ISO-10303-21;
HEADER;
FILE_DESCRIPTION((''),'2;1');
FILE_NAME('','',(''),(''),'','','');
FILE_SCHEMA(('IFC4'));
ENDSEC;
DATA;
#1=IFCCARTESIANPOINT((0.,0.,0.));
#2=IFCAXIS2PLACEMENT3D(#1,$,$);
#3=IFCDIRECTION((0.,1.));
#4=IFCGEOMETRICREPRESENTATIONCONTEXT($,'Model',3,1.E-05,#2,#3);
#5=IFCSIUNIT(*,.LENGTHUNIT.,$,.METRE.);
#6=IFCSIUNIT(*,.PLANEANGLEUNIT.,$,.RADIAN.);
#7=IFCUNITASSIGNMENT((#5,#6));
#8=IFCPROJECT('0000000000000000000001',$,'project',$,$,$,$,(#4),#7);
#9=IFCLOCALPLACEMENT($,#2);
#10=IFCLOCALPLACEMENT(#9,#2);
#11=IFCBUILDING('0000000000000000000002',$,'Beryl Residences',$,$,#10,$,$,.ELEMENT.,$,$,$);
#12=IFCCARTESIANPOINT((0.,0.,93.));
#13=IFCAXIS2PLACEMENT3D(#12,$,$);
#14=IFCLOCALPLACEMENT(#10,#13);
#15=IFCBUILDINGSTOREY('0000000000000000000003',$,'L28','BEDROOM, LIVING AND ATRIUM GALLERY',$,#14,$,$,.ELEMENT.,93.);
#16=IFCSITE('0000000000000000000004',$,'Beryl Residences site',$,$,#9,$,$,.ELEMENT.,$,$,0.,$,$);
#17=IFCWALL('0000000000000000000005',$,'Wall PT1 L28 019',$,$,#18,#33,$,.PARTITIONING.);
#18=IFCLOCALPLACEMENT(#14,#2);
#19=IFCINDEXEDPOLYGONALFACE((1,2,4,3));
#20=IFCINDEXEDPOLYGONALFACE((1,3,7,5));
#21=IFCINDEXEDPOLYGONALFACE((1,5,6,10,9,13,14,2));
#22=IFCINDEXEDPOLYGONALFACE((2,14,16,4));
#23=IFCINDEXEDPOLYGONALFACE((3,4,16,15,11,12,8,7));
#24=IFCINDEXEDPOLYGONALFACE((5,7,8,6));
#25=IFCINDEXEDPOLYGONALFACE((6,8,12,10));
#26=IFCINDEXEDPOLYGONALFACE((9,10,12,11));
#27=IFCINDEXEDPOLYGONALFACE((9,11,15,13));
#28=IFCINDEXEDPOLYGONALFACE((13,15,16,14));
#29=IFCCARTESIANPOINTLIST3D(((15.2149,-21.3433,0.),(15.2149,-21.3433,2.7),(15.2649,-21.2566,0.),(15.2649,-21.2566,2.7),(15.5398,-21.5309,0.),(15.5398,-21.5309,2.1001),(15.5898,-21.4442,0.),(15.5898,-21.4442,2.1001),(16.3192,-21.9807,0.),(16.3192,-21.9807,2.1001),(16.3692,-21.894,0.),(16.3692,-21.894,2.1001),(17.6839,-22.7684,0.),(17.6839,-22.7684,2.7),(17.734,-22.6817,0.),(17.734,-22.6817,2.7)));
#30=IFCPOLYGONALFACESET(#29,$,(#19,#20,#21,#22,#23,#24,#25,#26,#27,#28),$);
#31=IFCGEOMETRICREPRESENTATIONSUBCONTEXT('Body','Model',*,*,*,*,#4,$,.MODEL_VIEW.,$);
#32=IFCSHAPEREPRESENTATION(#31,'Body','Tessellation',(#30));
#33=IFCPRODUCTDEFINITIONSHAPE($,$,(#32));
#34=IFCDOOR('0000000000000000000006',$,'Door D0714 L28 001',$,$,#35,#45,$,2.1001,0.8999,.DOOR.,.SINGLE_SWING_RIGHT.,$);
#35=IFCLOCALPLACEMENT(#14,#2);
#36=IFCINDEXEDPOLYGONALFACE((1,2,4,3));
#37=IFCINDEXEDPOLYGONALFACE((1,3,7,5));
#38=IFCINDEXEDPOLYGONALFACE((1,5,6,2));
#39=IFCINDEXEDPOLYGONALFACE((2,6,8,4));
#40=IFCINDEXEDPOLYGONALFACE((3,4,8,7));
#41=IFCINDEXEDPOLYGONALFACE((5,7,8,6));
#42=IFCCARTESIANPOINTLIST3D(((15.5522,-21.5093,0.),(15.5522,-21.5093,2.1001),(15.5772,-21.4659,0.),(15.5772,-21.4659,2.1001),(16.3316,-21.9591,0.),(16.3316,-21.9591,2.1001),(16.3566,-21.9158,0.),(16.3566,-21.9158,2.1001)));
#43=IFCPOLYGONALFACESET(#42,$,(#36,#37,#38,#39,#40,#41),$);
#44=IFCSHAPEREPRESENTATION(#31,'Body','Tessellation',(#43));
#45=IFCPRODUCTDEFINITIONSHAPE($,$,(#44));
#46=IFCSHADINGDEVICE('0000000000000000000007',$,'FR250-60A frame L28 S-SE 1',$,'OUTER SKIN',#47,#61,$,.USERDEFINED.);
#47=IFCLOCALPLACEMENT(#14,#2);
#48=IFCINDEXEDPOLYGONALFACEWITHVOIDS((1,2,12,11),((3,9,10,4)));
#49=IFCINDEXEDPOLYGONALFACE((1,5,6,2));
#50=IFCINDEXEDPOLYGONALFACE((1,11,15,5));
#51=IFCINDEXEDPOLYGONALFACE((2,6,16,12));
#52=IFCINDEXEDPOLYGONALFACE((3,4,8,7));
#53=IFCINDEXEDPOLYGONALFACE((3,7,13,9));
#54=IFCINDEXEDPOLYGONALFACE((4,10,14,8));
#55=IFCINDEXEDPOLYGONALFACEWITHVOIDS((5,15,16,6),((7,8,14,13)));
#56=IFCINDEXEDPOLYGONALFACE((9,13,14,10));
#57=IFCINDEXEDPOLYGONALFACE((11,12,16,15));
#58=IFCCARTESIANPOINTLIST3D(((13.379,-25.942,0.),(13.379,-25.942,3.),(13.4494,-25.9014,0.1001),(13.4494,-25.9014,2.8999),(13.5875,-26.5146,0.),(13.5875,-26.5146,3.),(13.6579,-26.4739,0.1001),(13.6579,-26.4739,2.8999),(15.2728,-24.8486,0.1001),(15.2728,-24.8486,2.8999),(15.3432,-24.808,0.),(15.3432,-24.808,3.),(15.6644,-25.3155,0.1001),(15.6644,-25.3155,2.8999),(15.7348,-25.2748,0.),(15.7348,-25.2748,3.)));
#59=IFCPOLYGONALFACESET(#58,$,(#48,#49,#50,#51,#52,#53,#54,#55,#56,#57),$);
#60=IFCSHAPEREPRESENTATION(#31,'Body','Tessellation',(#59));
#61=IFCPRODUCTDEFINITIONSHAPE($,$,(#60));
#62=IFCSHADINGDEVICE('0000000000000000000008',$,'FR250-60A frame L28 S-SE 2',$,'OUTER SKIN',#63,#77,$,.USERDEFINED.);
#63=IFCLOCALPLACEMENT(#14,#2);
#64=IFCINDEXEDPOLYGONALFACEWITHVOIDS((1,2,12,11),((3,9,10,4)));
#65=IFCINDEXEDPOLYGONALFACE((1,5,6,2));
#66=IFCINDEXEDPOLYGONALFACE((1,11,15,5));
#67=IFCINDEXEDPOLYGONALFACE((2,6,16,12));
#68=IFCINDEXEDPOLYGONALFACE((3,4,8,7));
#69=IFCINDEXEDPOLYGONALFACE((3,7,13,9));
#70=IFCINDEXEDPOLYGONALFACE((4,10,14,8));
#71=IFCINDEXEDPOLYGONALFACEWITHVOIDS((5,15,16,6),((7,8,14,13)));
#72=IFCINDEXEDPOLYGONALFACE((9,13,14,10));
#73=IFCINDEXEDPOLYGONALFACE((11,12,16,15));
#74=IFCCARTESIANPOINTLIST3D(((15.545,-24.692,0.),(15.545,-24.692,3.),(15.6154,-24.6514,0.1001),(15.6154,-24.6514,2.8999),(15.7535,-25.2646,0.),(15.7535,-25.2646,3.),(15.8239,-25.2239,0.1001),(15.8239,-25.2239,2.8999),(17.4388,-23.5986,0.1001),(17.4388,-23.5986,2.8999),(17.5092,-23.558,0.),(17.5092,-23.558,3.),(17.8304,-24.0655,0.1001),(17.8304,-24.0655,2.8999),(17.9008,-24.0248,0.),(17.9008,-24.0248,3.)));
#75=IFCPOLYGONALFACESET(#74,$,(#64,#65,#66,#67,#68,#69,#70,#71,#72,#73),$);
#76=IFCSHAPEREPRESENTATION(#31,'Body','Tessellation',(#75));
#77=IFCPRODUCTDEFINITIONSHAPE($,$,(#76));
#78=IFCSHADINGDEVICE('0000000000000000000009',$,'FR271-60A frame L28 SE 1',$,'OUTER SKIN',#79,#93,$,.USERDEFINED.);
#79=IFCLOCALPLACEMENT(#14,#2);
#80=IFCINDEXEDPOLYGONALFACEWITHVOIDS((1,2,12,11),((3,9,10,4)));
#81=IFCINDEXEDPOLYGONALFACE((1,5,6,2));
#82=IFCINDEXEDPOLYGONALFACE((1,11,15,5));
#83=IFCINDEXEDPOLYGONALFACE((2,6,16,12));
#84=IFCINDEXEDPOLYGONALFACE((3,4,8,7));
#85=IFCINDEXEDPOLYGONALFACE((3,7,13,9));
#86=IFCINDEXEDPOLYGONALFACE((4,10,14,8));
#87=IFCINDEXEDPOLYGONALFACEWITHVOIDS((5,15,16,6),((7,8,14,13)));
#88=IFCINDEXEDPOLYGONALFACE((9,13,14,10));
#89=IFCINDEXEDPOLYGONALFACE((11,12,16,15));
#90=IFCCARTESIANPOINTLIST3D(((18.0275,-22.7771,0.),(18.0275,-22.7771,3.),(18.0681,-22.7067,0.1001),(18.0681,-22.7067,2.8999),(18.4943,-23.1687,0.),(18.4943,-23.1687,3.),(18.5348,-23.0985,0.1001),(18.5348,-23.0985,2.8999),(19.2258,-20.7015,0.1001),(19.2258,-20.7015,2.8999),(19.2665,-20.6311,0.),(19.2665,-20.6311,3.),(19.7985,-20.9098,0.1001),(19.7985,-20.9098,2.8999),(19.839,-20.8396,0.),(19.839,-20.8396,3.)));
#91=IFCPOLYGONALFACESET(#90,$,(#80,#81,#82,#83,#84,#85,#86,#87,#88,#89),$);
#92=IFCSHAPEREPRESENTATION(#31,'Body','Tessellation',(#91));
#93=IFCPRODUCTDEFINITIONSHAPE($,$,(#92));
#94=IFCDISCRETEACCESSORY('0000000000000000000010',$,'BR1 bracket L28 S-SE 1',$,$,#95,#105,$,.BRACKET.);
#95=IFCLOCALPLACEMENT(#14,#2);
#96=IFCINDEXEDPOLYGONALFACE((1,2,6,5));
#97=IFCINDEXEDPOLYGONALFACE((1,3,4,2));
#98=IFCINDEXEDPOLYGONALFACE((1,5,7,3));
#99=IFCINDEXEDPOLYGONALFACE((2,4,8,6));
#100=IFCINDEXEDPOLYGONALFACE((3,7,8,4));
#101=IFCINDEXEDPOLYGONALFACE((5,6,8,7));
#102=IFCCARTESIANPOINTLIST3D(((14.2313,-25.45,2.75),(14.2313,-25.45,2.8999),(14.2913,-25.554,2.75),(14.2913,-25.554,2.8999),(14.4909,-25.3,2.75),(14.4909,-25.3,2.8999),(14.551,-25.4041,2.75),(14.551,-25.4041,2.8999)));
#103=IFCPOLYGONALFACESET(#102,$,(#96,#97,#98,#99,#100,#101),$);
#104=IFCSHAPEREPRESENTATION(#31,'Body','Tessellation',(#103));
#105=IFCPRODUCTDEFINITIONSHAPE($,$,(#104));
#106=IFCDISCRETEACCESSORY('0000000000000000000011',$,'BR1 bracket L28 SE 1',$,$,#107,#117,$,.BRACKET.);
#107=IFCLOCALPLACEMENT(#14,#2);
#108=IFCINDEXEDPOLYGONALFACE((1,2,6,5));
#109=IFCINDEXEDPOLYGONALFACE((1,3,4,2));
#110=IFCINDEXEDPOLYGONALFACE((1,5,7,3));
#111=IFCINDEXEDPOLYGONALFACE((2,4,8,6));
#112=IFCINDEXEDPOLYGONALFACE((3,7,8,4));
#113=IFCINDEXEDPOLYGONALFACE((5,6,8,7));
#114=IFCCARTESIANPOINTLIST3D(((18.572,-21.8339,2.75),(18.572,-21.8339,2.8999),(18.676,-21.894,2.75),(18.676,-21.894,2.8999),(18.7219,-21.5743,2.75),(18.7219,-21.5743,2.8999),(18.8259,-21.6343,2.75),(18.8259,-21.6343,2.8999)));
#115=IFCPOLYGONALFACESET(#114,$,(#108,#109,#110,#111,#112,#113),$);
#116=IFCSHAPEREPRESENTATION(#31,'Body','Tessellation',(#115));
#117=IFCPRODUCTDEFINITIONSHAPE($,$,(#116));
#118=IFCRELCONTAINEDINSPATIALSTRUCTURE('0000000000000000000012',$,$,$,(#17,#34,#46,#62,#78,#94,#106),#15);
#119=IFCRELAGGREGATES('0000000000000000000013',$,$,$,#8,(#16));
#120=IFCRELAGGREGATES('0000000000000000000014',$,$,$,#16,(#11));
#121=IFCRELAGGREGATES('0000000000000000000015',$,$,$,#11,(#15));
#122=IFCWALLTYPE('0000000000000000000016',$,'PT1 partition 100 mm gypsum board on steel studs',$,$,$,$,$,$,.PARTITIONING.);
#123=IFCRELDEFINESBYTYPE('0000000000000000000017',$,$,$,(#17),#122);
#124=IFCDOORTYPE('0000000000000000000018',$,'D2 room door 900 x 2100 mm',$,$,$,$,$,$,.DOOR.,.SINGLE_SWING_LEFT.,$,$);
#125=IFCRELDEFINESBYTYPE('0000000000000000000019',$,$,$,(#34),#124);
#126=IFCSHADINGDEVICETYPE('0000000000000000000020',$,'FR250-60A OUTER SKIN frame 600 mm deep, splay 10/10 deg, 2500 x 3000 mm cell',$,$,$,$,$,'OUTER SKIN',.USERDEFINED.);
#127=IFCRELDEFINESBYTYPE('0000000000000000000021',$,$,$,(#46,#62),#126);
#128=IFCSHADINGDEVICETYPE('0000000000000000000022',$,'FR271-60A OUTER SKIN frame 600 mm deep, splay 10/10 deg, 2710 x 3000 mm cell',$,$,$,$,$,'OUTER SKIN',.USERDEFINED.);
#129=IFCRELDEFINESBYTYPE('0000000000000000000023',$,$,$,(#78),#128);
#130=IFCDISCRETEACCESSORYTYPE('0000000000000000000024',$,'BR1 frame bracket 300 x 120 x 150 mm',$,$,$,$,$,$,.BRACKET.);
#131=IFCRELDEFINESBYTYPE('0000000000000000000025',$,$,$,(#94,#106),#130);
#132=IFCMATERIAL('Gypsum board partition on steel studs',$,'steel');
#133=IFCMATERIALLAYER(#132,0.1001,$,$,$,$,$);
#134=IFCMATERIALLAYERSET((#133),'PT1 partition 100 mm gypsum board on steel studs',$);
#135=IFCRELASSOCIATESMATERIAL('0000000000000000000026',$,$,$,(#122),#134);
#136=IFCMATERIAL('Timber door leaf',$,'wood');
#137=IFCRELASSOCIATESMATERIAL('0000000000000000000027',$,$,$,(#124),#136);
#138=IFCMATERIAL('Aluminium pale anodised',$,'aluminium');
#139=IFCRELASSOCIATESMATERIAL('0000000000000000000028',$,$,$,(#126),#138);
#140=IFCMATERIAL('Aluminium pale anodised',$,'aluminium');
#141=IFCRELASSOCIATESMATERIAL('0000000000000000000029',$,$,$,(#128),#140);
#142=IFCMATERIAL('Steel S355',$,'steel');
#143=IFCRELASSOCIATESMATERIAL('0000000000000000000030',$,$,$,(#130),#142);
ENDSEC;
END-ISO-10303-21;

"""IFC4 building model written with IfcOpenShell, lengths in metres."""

from ifc_helpers import new_model, entity, si_unit, direction, frame, frame_2d, origin, place, context, subcontext, project, spatial, polyline, rectangle, outline, extrude, source, transform, mapped, material, layer, layer_set, type_object, type_shapes, element, fill, save


model = new_model("IFC4")

# Units and contexts
model_context = context("Model", 3, precision=1e-05, world=origin(), true_north=direction((0.0, 1.0)))
body_context = subcontext(model_context, "Body", "Model", "MODEL_VIEW")
ifc_project = project(units=[si_unit("LENGTHUNIT", "METRE"), si_unit("PLANEANGLEUNIT", "RADIAN")], contexts=[model_context])

# Site, building, storey
site_placement = place(None, origin())
site = spatial("IfcSite", under=ifc_project, at=site_placement, Name="Beryl Residences site", CompositionType="ELEMENT", RefElevation=0.0)
building_placement = place(site_placement, origin())
building = spatial("IfcBuilding", under=site, at=building_placement, Name="Beryl Residences", CompositionType="ELEMENT")
storey_placement = place(building_placement, frame((0.0, 0.0, 93.0)))
storey = spatial("IfcBuildingStorey", under=building, at=storey_placement, Name="L28", Description="BEDROOM, LIVING AND ATRIUM GALLERY", CompositionType="ELEMENT", Elevation=93.0)

# Wall, opening, door
ifc_material_1 = material(Name="Gypsum board partition on steel studs", Category="steel")
ifc_layer_1 = layer(ifc_material_1, 0.1001)
ifc_layer_set_1 = layer_set([ifc_layer_1], Name="PT1 partition 100 mm gypsum board on steel studs")
wall_type_1 = type_object("IfcWallType", Name="PT1 partition 100 mm gypsum board on steel studs", PredefinedType="PARTITIONING", material=ifc_layer_set_1)
wall_1_placement = place(storey_placement, frame((15.24, -21.3, 0.0), z_axis=(0.0, 0.0, 1.0), x_axis=(0.86609, -0.499888, 0.0)))
wall_1 = element("IfcWall", 1, at=wall_1_placement, inside=storey, type_object=wall_type_1, Name="Wall PT1 L28 019", PredefinedType="PARTITIONING", context=body_context, shape_type="SweptSolid", body=[
    extrude(rectangle(XDim=2.8508, YDim=0.1001, at=frame_2d((1.4253, 0.0))), origin(), (0.0, 0.0, 1.0), 2.7),
])
opening_1_placement = place(wall_1_placement, frame((0.375, 0.0, 0.0)))
opening_1 = element("IfcOpeningElement", 2, at=opening_1_placement, cuts=wall_1, PredefinedType="OPENING", context=body_context, shape_type="SweptSolid", body=[
    extrude(rectangle(XDim=0.8999, YDim=2.1001, at=frame_2d((0.45, 1.05))), frame((0.0, 0.0601, 0.0), z_axis=(0.0, -1.0, 0.0), x_axis=(1.0, 0.0, 0.0)), (0.0, 0.0, 1.0), 0.1201),
])
ifc_material_2 = material(Name="Timber door leaf", Category="wood")
door_type = type_object("IfcDoorType", Name="D2 room door 900 x 2100 mm", OperationType="SINGLE_SWING_LEFT", PredefinedType="DOOR", material=ifc_material_2)
door_placement = place(opening_1_placement, origin())
door = element("IfcDoor", 3, at=door_placement, inside=storey, type_object=door_type, Name="Door D0714 L28 001", OperationType="SINGLE_SWING_RIGHT", OverallHeight=2.1001, OverallWidth=0.8999, PredefinedType="DOOR", context=body_context, shape_type="SweptSolid", body=[
    extrude(rectangle(XDim=0.8999, YDim=2.1001, at=frame_2d((0.45, 1.05))), frame((0.0, 0.0249, 0.0), z_axis=(0.0, -1.0, 0.0), x_axis=(1.0, 0.0, 0.0)), (0.0, 0.0, 1.0), 0.05),
])
fill(opening_1, door)

# Shading devices
ifc_material_3 = material(Name="Aluminium pale anodised", Category="aluminium")
shading_device_type_1 = type_object("IfcShadingDeviceType", Name="FR250-60A OUTER SKIN frame 600 mm deep, splay 10/10 deg, 2500 x 3000 mm cell", ElementType="OUTER SKIN", PredefinedType="USERDEFINED", material=ifc_material_3)
cartesian_point_1 = entity("IfcCartesianPoint", [-1.134, 0.0])
cartesian_point_2 = entity("IfcCartesianPoint", [-1.0527, 0.1001])
cartesian_point_3 = entity("IfcCartesianPoint", [-1.2397, 0.0])
cartesian_point_4 = entity("IfcCartesianPoint", [-1.1584, 0.1001])
shared_shape_1 = source(origin(), body_context, "Body", "SweptSolid", [
    entity("IfcExtrudedAreaSolidTapered", entity("IfcArbitraryProfileDefWithVoids", "AREA", None, entity("IfcPolyline", [cartesian_point_1, entity("IfcCartesianPoint", [1.134, 0.0]), entity("IfcCartesianPoint", [1.134, 3.0]), entity("IfcCartesianPoint", [-1.134, 3.0]), cartesian_point_1]), [entity("IfcPolyline", [cartesian_point_2, entity("IfcCartesianPoint", [1.0527, 0.1001]), entity("IfcCartesianPoint", [1.0527, 2.8999]), entity("IfcCartesianPoint", [-1.0527, 2.8999]), cartesian_point_2])]), entity("IfcAxis2Placement3D", entity("IfcCartesianPoint", [0.0, 0.0, 0.0]), entity("IfcDirection", [0.0, 1.0, 0.0]), entity("IfcDirection", [-1.0, 0.0, 0.0])), entity("IfcDirection", [0.0, 0.0, 1.0]), 0.6001, entity("IfcArbitraryProfileDefWithVoids", "AREA", None, entity("IfcPolyline", [cartesian_point_3, entity("IfcCartesianPoint", [1.2397, 0.0]), entity("IfcCartesianPoint", [1.2397, 3.0]), entity("IfcCartesianPoint", [-1.2397, 3.0]), cartesian_point_3]), [entity("IfcPolyline", [cartesian_point_4, entity("IfcCartesianPoint", [1.1584, 0.1001]), entity("IfcCartesianPoint", [1.1584, 2.8999]), entity("IfcCartesianPoint", [-1.1584, 2.8999]), cartesian_point_4])])),
])
type_shapes(shading_device_type_1, [shared_shape_1])
for number, where, z_axis, x_axis, name in (
    (4, (14.3611, -25.375, 0.0), (0.0, 0.0, 1.0), (-0.866025, -0.5, 0.0), "FR250-60A frame L28 S-SE 1"),
    (5, (16.5271, -24.125, 0.0), (0.0, 0.0, 1.0), (-0.866025, -0.5, 0.0), "FR250-60A frame L28 S-SE 2"),
):
    element("IfcShadingDevice", number, at=place(storey_placement, frame(where, z_axis=z_axis, x_axis=x_axis)), inside=storey, type_object=shading_device_type_1, Name=name, ObjectType="OUTER SKIN", PredefinedType="USERDEFINED", context=body_context, shape_type="MappedRepresentation", body=[
        mapped(shared_shape_1, transform((0.0, 0.0, 0.0))),
    ])
ifc_material_4 = material(Name="Aluminium pale anodised", Category="aluminium")
shading_device_type_2 = type_object("IfcShadingDeviceType", Name="FR271-60A OUTER SKIN frame 600 mm deep, splay 10/10 deg, 2710 x 3000 mm cell", ElementType="OUTER SKIN", PredefinedType="USERDEFINED", material=ifc_material_4)
cartesian_point_5 = entity("IfcCartesianPoint", [-1.239, 0.0])
cartesian_point_6 = entity("IfcCartesianPoint", [-1.1577, 0.1001])
cartesian_point_7 = entity("IfcCartesianPoint", [-1.3447, 0.0])
cartesian_point_8 = entity("IfcCartesianPoint", [-1.2637, 0.1001])
shared_shape_2 = source(origin(), body_context, "Body", "SweptSolid", [
    entity("IfcExtrudedAreaSolidTapered", entity("IfcArbitraryProfileDefWithVoids", "AREA", None, entity("IfcPolyline", [cartesian_point_5, entity("IfcCartesianPoint", [1.239, 0.0]), entity("IfcCartesianPoint", [1.239, 3.0]), entity("IfcCartesianPoint", [-1.239, 3.0]), cartesian_point_5]), [entity("IfcPolyline", [cartesian_point_6, entity("IfcCartesianPoint", [1.1577, 0.1001]), entity("IfcCartesianPoint", [1.1577, 2.8999]), entity("IfcCartesianPoint", [-1.1577, 2.8999]), cartesian_point_6])]), entity("IfcAxis2Placement3D", entity("IfcCartesianPoint", [0.0, 0.0, 0.0]), entity("IfcDirection", [0.0, 1.0, 0.0]), entity("IfcDirection", [-1.0, 0.0, 0.0])), entity("IfcDirection", [0.0, 0.0, 1.0]), 0.6001, entity("IfcArbitraryProfileDefWithVoids", "AREA", None, entity("IfcPolyline", [cartesian_point_7, entity("IfcCartesianPoint", [1.3447, 0.0]), entity("IfcCartesianPoint", [1.3447, 3.0]), entity("IfcCartesianPoint", [-1.3447, 3.0]), cartesian_point_7]), [entity("IfcPolyline", [cartesian_point_8, entity("IfcCartesianPoint", [1.2637, 0.1001]), entity("IfcCartesianPoint", [1.2637, 2.8999]), entity("IfcCartesianPoint", [-1.2637, 2.8999]), cartesian_point_8])])),
])
type_shapes(shading_device_type_2, [shared_shape_2])
shading_device_placement = place(storey_placement, frame((18.647, -21.7041, 0.0), z_axis=(0.0, 0.0, 1.0), x_axis=(-0.5, -0.866025, 0.0)))
element("IfcShadingDevice", 6, at=shading_device_placement, inside=storey, type_object=shading_device_type_2, Name="FR271-60A frame L28 SE 1", ObjectType="OUTER SKIN", PredefinedType="USERDEFINED", context=body_context, shape_type="MappedRepresentation", body=[
    mapped(shared_shape_2, transform((0.0, 0.0, 0.0))),
])

# Discrete accessories
ifc_material_5 = material(Name="Steel S355", Category="steel")
discrete_accessory_type = type_object("IfcDiscreteAccessoryType", Name="BR1 frame bracket 300 x 120 x 150 mm", PredefinedType="BRACKET", material=ifc_material_5)
shared_shape_3 = source(origin(), body_context, "Body", "SweptSolid", [
    extrude(outline(polyline([(-0.1499, 0.0), (0.1499, 0.0), (0.1499, 0.1201), (-0.1499, 0.1201), (-0.1499, 0.0)])), origin(), (0.0, 0.0, 1.0), 0.1499),
])
type_shapes(discrete_accessory_type, [shared_shape_3])
for number, where, z_axis, x_axis, name in (
    (7, (14.3611, -25.375, 2.75), (0.0, 0.0, 1.0), (-0.866025, -0.5, 0.0), "BR1 bracket L28 S-SE 1"),
    (8, (18.647, -21.7041, 2.75), (0.0, 0.0, 1.0), (-0.5, -0.866025, 0.0), "BR1 bracket L28 SE 1"),
):
    element("IfcDiscreteAccessory", number, at=place(storey_placement, frame(where, z_axis=z_axis, x_axis=x_axis)), inside=storey, type_object=discrete_accessory_type, Name=name, PredefinedType="BRACKET", context=body_context, shape_type="MappedRepresentation", body=[
        mapped(shared_shape_3, transform((0.0, 0.0, 0.0))),
    ])

save(model, "model.ifc")
